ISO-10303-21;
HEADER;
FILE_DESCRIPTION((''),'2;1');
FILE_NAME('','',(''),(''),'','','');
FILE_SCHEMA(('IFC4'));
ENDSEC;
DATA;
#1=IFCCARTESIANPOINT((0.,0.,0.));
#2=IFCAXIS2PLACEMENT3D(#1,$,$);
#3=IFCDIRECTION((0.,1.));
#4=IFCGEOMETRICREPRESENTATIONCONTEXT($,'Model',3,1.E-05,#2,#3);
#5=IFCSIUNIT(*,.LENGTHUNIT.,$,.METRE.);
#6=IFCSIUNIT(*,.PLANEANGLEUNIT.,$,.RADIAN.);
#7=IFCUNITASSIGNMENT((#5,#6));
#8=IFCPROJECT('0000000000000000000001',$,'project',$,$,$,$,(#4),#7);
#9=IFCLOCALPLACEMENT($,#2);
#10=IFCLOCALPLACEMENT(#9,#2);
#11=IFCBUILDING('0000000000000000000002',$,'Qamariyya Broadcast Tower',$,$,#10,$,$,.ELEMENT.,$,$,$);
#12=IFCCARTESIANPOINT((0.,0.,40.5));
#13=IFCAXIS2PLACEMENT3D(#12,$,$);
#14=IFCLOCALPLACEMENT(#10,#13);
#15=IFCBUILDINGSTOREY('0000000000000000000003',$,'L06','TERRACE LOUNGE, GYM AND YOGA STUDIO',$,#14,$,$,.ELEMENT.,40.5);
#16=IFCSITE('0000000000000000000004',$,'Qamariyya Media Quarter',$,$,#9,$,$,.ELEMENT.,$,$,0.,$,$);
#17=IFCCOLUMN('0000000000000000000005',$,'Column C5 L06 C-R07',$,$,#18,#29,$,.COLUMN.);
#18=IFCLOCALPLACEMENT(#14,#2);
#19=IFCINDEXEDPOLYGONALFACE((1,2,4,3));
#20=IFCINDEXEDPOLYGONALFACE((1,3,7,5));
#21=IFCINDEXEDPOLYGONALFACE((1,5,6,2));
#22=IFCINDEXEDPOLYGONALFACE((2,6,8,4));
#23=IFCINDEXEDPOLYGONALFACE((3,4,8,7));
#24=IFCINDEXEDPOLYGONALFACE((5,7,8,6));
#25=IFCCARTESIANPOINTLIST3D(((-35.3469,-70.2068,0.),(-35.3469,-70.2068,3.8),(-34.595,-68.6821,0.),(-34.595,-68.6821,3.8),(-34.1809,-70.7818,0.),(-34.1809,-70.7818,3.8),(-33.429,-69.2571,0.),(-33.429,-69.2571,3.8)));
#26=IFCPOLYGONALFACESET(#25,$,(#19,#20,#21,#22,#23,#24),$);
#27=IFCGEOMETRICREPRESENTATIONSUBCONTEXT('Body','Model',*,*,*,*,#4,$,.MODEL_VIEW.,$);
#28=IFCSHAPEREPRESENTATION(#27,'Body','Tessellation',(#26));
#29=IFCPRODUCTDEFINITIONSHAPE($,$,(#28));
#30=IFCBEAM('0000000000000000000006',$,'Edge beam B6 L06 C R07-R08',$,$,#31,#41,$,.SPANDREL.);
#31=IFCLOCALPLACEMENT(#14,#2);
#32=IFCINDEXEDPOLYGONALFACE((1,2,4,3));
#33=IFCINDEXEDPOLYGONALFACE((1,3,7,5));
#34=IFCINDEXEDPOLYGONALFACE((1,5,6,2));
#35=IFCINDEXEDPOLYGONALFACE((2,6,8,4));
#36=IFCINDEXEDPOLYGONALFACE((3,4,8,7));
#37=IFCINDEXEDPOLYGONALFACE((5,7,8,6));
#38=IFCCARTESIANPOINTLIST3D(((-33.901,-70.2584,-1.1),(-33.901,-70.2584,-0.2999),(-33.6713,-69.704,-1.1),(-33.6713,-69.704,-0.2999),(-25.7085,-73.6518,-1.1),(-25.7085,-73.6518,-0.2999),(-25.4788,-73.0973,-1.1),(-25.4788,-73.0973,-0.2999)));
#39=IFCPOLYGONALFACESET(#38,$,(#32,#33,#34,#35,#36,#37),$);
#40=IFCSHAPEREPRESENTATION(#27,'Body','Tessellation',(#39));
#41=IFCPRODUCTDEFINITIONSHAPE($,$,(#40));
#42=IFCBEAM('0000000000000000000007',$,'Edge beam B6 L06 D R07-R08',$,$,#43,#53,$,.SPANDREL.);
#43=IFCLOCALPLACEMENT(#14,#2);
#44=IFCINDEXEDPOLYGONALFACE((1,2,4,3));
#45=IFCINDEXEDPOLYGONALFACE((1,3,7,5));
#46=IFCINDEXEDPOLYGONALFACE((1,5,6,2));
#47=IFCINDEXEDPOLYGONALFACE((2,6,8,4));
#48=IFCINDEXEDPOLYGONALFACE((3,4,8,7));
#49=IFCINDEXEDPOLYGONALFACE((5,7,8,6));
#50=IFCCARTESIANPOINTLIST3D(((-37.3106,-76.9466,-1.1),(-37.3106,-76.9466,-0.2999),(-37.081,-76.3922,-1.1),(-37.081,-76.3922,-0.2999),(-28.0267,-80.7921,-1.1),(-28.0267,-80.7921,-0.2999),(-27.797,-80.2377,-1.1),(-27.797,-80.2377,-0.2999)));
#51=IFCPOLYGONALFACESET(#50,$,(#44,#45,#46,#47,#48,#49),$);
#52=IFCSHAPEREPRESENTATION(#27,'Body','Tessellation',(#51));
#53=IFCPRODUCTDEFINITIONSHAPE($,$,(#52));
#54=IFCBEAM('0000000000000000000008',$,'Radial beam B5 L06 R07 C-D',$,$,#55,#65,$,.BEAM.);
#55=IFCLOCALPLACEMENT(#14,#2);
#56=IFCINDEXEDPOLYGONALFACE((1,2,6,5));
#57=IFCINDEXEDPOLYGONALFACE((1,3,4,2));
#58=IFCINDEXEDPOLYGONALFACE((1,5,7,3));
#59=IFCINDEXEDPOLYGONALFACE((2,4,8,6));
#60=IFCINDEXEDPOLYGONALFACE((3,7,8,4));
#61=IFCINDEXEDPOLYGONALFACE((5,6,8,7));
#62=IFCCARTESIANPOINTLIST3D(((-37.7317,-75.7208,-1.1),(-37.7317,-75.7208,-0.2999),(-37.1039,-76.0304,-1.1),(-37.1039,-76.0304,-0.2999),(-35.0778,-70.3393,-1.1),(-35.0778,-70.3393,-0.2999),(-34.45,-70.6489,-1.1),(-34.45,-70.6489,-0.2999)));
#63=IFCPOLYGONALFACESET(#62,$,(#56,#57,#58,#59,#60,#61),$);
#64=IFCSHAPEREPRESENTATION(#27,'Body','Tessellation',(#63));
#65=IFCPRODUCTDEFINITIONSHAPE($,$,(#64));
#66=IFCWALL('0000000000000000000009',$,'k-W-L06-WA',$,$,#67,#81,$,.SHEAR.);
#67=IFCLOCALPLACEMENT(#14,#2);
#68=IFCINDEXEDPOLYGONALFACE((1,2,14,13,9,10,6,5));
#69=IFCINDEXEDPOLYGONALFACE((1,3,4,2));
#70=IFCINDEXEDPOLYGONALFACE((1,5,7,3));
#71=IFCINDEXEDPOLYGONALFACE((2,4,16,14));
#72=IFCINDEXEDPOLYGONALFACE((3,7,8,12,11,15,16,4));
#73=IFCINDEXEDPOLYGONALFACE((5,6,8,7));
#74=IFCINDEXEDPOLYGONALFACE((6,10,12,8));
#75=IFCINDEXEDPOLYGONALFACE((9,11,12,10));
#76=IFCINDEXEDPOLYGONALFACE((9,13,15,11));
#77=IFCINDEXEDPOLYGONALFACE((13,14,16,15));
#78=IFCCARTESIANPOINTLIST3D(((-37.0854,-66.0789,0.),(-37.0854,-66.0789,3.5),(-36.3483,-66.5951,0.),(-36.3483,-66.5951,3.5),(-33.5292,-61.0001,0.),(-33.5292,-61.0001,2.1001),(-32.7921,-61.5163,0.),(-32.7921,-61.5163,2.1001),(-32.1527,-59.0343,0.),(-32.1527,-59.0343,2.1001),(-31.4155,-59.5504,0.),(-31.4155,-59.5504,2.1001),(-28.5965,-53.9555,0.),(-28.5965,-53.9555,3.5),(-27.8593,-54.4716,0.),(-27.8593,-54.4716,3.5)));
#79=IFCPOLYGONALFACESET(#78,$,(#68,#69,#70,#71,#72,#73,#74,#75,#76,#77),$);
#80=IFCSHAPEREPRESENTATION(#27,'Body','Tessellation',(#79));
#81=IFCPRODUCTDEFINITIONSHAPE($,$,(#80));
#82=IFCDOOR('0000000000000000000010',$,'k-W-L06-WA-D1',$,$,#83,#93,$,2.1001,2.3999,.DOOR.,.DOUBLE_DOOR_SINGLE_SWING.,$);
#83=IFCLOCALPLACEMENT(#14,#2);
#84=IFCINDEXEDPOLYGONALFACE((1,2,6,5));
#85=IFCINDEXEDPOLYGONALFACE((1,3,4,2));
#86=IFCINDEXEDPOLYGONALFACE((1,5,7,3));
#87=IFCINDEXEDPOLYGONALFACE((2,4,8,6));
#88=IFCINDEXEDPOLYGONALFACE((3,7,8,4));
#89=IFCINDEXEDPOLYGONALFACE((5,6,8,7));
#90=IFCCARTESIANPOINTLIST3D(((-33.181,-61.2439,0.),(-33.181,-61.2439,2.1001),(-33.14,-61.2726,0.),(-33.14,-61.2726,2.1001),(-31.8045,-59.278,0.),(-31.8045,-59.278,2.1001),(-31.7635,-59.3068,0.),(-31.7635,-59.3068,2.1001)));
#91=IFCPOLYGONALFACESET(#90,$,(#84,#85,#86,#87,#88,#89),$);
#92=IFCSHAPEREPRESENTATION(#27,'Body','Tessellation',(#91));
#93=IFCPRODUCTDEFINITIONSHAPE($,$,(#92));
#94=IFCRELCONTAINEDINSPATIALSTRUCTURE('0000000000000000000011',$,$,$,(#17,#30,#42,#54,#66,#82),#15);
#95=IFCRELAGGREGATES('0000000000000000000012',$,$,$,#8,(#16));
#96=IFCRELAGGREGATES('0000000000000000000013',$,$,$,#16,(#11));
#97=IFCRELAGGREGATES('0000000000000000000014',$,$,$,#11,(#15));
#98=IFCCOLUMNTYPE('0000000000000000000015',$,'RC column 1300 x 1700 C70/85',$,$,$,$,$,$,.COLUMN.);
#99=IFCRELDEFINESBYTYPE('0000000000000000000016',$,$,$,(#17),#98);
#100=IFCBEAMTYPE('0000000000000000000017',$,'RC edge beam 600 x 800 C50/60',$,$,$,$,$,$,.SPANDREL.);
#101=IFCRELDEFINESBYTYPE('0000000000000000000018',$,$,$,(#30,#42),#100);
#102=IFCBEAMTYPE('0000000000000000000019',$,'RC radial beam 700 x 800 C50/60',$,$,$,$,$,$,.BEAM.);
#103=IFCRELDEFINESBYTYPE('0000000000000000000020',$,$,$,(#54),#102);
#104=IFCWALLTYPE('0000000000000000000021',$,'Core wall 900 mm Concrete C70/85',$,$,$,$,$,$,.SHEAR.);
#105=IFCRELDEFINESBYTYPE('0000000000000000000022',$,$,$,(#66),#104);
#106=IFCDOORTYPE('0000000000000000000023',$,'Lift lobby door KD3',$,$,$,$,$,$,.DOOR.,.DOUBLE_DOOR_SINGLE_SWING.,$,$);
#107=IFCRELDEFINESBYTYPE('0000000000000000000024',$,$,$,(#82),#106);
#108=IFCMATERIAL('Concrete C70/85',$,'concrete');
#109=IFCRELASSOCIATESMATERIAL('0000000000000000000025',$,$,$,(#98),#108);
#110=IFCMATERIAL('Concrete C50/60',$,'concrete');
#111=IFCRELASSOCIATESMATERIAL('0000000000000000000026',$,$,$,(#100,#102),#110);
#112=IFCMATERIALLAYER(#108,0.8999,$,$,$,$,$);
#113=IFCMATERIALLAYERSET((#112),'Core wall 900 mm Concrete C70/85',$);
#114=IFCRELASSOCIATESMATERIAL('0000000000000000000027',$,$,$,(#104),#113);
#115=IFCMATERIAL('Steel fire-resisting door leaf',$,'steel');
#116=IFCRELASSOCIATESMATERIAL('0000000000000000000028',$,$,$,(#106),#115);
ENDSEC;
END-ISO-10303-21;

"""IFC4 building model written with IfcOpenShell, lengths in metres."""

from ifc_helpers import new_model, si_unit, direction, frame, frame_2d, origin, origin_2d, place, context, subcontext, project, spatial, rectangle, extrude, material, layer, layer_set, material_profile, profile_set, type_object, element, fill, save


model = new_model("IFC4")

# Units and contexts
model_context = context("Model", 3, precision=1e-05, world=origin(), true_north=direction((0.0, 1.0)))
body_context = subcontext(model_context, "Body", "Model", "MODEL_VIEW")
ifc_project = project(units=[si_unit("LENGTHUNIT", "METRE"), si_unit("PLANEANGLEUNIT", "RADIAN")], contexts=[model_context])

# Site, building, storey
site_placement = place(None, origin())
site = spatial("IfcSite", under=ifc_project, at=site_placement, Name="Qamariyya Media Quarter", CompositionType="ELEMENT", RefElevation=0.0)
building_placement = place(site_placement, origin())
building = spatial("IfcBuilding", under=site, at=building_placement, Name="Qamariyya Broadcast Tower", CompositionType="ELEMENT")
storey_placement = place(building_placement, frame((0.0, 0.0, 40.5)))
storey = spatial("IfcBuildingStorey", under=building, at=storey_placement, Name="L06", Description="TERRACE LOUNGE, GYM AND YOGA STUDIO", CompositionType="ELEMENT", Elevation=40.5)

# Column
ifc_material_1 = material(Name="Concrete C70/85", Category="concrete")
ifc_material_profile_1 = material_profile(ifc_material_1, rectangle(XDim=1.3, YDim=1.7, at=origin_2d()))
ifc_profile_set_1 = profile_set([ifc_material_profile_1], Name="Concrete C70/85")
column_type = type_object("IfcColumnType", Name="RC column 1300 x 1700 C70/85", PredefinedType="COLUMN", material=ifc_profile_set_1)
column_placement = place(storey_placement, frame((-34.3879, -69.7319, 0.0), z_axis=(0.0, 0.0, 1.0), x_axis=(0.896873, -0.442289, 0.0)))
element("IfcColumn", 1, at=column_placement, inside=storey, type_object=column_type, Name="Column C5 L06 C-R07", PredefinedType="COLUMN", context=body_context, shape_type="SweptSolid", body=[
    extrude(rectangle(XDim=1.3, YDim=1.7, at=origin_2d()), origin(), (0.0, 0.0, 1.0), 3.8),
])

# Beams
ifc_material_2 = material(Name="Concrete C50/60", Category="concrete")
ifc_material_profile_2 = material_profile(ifc_material_2, rectangle(XDim=0.6001, YDim=0.8, at=origin_2d()))
ifc_profile_set_2 = profile_set([ifc_material_profile_2], Name="Concrete C50/60")
beam_type_1 = type_object("IfcBeamType", Name="RC edge beam 600 x 800 C50/60", PredefinedType="SPANDREL", material=ifc_profile_set_2)
beam_1_placement = place(storey_placement, frame((-33.7861, -69.9812, -0.7), z_axis=(0.923883, -0.382675, 0.0), x_axis=(0.382675, 0.923883, 0.0)))
element("IfcBeam", 2, at=beam_1_placement, inside=storey, type_object=beam_type_1, Name="Edge beam B6 L06 C R07-R08", PredefinedType="SPANDREL", context=body_context, shape_type="SweptSolid", body=[
    extrude(rectangle(XDim=0.6001, YDim=0.8, at=origin_2d()), origin(), (0.0, 0.0, 1.0), 8.8674),
])
beam_2_placement = place(storey_placement, frame((-37.1958, -76.6694, -0.7), z_axis=(0.923882, -0.382677, 0.0), x_axis=(0.382677, 0.923882, 0.0)))
element("IfcBeam", 3, at=beam_2_placement, inside=storey, type_object=beam_type_1, Name="Edge beam B6 L06 D R07-R08", PredefinedType="SPANDREL", context=body_context, shape_type="SweptSolid", body=[
    extrude(rectangle(XDim=0.6001, YDim=0.8, at=origin_2d()), origin(), (0.0, 0.0, 1.0), 10.0488),
])
ifc_material_profile_3 = material_profile(ifc_material_2, rectangle(XDim=0.7, YDim=0.8, at=origin_2d()))
ifc_profile_set_3 = profile_set([ifc_material_profile_3], Name="Concrete C50/60")
beam_type_2 = type_object("IfcBeamType", Name="RC radial beam 700 x 800 C50/60", PredefinedType="BEAM", material=ifc_profile_set_3)
beam_3_placement = place(storey_placement, frame((-34.7639, -70.4941, -0.7), z_axis=(-0.442292, -0.896871, 0.0), x_axis=(0.896871, -0.442292, 0.0)))
element("IfcBeam", 4, at=beam_3_placement, inside=storey, type_object=beam_type_2, Name="Radial beam B5 L06 R07 C-D", PredefinedType="BEAM", context=body_context, shape_type="SweptSolid", body=[
    extrude(rectangle(XDim=0.7, YDim=0.8, at=origin_2d()), origin(), (0.0, 0.0, 1.0), 6.0002),
])

# Wall, opening, door
ifc_layer = layer(ifc_material_1, 0.8999)
ifc_layer_set = layer_set([ifc_layer], Name="Core wall 900 mm Concrete C70/85")
wall_type = type_object("IfcWallType", Name="Core wall 900 mm Concrete C70/85", PredefinedType="SHEAR", material=ifc_layer_set)
wall_1_placement = place(storey_placement, frame((-36.7168, -66.3369, 0.0), z_axis=(0.0, 0.0, 1.0), x_axis=(0.573577, 0.819151, 0.0)))
wall_1 = element("IfcWall", 5, at=wall_1_placement, inside=storey, type_object=wall_type, Name="k-W-L06-WA", PredefinedType="SHEAR", context=body_context, shape_type="SweptSolid", body=[
    extrude(rectangle(XDim=14.8, YDim=0.8999, at=frame_2d((7.3999, 0.0))), origin(), (0.0, 0.0, 1.0), 3.5),
])
opening_1_placement = place(wall_1_placement, frame((6.2, 0.0, 0.0)))
opening_1 = element("IfcOpeningElement", 6, at=opening_1_placement, cuts=wall_1, PredefinedType="OPENING", context=body_context, shape_type="SweptSolid", body=[
    extrude(rectangle(XDim=2.3999, YDim=2.1001, at=frame_2d((1.2, 1.05))), frame((0.0, 0.46, 0.0), z_axis=(0.0, -1.0, 0.0), x_axis=(1.0, 0.0, 0.0)), (0.0, 0.0, 1.0), 0.9199),
])
ifc_material_3 = material(Name="Steel fire-resisting door leaf", Category="steel")
door_type_1 = type_object("IfcDoorType", Name="Lift lobby door KD3", OperationType="DOUBLE_DOOR_SINGLE_SWING", PredefinedType="DOOR", material=ifc_material_3)
door_1_placement = place(opening_1_placement, origin())
door_1 = element("IfcDoor", 7, at=door_1_placement, inside=storey, type_object=door_type_1, Name="k-W-L06-WA-D1", OperationType="DOUBLE_DOOR_SINGLE_SWING", OverallHeight=2.1001, OverallWidth=2.3999, PredefinedType="DOOR", context=body_context, shape_type="SweptSolid", body=[
    extrude(rectangle(XDim=2.3999, YDim=2.1001, at=frame_2d((1.2, 1.05))), frame((0.0, 0.0249, 0.0), z_axis=(0.0, -1.0, 0.0), x_axis=(1.0, 0.0, 0.0)), (0.0, 0.0, 1.0), 0.05),
])
fill(opening_1, door_1)

save(model, "model.ifc")
